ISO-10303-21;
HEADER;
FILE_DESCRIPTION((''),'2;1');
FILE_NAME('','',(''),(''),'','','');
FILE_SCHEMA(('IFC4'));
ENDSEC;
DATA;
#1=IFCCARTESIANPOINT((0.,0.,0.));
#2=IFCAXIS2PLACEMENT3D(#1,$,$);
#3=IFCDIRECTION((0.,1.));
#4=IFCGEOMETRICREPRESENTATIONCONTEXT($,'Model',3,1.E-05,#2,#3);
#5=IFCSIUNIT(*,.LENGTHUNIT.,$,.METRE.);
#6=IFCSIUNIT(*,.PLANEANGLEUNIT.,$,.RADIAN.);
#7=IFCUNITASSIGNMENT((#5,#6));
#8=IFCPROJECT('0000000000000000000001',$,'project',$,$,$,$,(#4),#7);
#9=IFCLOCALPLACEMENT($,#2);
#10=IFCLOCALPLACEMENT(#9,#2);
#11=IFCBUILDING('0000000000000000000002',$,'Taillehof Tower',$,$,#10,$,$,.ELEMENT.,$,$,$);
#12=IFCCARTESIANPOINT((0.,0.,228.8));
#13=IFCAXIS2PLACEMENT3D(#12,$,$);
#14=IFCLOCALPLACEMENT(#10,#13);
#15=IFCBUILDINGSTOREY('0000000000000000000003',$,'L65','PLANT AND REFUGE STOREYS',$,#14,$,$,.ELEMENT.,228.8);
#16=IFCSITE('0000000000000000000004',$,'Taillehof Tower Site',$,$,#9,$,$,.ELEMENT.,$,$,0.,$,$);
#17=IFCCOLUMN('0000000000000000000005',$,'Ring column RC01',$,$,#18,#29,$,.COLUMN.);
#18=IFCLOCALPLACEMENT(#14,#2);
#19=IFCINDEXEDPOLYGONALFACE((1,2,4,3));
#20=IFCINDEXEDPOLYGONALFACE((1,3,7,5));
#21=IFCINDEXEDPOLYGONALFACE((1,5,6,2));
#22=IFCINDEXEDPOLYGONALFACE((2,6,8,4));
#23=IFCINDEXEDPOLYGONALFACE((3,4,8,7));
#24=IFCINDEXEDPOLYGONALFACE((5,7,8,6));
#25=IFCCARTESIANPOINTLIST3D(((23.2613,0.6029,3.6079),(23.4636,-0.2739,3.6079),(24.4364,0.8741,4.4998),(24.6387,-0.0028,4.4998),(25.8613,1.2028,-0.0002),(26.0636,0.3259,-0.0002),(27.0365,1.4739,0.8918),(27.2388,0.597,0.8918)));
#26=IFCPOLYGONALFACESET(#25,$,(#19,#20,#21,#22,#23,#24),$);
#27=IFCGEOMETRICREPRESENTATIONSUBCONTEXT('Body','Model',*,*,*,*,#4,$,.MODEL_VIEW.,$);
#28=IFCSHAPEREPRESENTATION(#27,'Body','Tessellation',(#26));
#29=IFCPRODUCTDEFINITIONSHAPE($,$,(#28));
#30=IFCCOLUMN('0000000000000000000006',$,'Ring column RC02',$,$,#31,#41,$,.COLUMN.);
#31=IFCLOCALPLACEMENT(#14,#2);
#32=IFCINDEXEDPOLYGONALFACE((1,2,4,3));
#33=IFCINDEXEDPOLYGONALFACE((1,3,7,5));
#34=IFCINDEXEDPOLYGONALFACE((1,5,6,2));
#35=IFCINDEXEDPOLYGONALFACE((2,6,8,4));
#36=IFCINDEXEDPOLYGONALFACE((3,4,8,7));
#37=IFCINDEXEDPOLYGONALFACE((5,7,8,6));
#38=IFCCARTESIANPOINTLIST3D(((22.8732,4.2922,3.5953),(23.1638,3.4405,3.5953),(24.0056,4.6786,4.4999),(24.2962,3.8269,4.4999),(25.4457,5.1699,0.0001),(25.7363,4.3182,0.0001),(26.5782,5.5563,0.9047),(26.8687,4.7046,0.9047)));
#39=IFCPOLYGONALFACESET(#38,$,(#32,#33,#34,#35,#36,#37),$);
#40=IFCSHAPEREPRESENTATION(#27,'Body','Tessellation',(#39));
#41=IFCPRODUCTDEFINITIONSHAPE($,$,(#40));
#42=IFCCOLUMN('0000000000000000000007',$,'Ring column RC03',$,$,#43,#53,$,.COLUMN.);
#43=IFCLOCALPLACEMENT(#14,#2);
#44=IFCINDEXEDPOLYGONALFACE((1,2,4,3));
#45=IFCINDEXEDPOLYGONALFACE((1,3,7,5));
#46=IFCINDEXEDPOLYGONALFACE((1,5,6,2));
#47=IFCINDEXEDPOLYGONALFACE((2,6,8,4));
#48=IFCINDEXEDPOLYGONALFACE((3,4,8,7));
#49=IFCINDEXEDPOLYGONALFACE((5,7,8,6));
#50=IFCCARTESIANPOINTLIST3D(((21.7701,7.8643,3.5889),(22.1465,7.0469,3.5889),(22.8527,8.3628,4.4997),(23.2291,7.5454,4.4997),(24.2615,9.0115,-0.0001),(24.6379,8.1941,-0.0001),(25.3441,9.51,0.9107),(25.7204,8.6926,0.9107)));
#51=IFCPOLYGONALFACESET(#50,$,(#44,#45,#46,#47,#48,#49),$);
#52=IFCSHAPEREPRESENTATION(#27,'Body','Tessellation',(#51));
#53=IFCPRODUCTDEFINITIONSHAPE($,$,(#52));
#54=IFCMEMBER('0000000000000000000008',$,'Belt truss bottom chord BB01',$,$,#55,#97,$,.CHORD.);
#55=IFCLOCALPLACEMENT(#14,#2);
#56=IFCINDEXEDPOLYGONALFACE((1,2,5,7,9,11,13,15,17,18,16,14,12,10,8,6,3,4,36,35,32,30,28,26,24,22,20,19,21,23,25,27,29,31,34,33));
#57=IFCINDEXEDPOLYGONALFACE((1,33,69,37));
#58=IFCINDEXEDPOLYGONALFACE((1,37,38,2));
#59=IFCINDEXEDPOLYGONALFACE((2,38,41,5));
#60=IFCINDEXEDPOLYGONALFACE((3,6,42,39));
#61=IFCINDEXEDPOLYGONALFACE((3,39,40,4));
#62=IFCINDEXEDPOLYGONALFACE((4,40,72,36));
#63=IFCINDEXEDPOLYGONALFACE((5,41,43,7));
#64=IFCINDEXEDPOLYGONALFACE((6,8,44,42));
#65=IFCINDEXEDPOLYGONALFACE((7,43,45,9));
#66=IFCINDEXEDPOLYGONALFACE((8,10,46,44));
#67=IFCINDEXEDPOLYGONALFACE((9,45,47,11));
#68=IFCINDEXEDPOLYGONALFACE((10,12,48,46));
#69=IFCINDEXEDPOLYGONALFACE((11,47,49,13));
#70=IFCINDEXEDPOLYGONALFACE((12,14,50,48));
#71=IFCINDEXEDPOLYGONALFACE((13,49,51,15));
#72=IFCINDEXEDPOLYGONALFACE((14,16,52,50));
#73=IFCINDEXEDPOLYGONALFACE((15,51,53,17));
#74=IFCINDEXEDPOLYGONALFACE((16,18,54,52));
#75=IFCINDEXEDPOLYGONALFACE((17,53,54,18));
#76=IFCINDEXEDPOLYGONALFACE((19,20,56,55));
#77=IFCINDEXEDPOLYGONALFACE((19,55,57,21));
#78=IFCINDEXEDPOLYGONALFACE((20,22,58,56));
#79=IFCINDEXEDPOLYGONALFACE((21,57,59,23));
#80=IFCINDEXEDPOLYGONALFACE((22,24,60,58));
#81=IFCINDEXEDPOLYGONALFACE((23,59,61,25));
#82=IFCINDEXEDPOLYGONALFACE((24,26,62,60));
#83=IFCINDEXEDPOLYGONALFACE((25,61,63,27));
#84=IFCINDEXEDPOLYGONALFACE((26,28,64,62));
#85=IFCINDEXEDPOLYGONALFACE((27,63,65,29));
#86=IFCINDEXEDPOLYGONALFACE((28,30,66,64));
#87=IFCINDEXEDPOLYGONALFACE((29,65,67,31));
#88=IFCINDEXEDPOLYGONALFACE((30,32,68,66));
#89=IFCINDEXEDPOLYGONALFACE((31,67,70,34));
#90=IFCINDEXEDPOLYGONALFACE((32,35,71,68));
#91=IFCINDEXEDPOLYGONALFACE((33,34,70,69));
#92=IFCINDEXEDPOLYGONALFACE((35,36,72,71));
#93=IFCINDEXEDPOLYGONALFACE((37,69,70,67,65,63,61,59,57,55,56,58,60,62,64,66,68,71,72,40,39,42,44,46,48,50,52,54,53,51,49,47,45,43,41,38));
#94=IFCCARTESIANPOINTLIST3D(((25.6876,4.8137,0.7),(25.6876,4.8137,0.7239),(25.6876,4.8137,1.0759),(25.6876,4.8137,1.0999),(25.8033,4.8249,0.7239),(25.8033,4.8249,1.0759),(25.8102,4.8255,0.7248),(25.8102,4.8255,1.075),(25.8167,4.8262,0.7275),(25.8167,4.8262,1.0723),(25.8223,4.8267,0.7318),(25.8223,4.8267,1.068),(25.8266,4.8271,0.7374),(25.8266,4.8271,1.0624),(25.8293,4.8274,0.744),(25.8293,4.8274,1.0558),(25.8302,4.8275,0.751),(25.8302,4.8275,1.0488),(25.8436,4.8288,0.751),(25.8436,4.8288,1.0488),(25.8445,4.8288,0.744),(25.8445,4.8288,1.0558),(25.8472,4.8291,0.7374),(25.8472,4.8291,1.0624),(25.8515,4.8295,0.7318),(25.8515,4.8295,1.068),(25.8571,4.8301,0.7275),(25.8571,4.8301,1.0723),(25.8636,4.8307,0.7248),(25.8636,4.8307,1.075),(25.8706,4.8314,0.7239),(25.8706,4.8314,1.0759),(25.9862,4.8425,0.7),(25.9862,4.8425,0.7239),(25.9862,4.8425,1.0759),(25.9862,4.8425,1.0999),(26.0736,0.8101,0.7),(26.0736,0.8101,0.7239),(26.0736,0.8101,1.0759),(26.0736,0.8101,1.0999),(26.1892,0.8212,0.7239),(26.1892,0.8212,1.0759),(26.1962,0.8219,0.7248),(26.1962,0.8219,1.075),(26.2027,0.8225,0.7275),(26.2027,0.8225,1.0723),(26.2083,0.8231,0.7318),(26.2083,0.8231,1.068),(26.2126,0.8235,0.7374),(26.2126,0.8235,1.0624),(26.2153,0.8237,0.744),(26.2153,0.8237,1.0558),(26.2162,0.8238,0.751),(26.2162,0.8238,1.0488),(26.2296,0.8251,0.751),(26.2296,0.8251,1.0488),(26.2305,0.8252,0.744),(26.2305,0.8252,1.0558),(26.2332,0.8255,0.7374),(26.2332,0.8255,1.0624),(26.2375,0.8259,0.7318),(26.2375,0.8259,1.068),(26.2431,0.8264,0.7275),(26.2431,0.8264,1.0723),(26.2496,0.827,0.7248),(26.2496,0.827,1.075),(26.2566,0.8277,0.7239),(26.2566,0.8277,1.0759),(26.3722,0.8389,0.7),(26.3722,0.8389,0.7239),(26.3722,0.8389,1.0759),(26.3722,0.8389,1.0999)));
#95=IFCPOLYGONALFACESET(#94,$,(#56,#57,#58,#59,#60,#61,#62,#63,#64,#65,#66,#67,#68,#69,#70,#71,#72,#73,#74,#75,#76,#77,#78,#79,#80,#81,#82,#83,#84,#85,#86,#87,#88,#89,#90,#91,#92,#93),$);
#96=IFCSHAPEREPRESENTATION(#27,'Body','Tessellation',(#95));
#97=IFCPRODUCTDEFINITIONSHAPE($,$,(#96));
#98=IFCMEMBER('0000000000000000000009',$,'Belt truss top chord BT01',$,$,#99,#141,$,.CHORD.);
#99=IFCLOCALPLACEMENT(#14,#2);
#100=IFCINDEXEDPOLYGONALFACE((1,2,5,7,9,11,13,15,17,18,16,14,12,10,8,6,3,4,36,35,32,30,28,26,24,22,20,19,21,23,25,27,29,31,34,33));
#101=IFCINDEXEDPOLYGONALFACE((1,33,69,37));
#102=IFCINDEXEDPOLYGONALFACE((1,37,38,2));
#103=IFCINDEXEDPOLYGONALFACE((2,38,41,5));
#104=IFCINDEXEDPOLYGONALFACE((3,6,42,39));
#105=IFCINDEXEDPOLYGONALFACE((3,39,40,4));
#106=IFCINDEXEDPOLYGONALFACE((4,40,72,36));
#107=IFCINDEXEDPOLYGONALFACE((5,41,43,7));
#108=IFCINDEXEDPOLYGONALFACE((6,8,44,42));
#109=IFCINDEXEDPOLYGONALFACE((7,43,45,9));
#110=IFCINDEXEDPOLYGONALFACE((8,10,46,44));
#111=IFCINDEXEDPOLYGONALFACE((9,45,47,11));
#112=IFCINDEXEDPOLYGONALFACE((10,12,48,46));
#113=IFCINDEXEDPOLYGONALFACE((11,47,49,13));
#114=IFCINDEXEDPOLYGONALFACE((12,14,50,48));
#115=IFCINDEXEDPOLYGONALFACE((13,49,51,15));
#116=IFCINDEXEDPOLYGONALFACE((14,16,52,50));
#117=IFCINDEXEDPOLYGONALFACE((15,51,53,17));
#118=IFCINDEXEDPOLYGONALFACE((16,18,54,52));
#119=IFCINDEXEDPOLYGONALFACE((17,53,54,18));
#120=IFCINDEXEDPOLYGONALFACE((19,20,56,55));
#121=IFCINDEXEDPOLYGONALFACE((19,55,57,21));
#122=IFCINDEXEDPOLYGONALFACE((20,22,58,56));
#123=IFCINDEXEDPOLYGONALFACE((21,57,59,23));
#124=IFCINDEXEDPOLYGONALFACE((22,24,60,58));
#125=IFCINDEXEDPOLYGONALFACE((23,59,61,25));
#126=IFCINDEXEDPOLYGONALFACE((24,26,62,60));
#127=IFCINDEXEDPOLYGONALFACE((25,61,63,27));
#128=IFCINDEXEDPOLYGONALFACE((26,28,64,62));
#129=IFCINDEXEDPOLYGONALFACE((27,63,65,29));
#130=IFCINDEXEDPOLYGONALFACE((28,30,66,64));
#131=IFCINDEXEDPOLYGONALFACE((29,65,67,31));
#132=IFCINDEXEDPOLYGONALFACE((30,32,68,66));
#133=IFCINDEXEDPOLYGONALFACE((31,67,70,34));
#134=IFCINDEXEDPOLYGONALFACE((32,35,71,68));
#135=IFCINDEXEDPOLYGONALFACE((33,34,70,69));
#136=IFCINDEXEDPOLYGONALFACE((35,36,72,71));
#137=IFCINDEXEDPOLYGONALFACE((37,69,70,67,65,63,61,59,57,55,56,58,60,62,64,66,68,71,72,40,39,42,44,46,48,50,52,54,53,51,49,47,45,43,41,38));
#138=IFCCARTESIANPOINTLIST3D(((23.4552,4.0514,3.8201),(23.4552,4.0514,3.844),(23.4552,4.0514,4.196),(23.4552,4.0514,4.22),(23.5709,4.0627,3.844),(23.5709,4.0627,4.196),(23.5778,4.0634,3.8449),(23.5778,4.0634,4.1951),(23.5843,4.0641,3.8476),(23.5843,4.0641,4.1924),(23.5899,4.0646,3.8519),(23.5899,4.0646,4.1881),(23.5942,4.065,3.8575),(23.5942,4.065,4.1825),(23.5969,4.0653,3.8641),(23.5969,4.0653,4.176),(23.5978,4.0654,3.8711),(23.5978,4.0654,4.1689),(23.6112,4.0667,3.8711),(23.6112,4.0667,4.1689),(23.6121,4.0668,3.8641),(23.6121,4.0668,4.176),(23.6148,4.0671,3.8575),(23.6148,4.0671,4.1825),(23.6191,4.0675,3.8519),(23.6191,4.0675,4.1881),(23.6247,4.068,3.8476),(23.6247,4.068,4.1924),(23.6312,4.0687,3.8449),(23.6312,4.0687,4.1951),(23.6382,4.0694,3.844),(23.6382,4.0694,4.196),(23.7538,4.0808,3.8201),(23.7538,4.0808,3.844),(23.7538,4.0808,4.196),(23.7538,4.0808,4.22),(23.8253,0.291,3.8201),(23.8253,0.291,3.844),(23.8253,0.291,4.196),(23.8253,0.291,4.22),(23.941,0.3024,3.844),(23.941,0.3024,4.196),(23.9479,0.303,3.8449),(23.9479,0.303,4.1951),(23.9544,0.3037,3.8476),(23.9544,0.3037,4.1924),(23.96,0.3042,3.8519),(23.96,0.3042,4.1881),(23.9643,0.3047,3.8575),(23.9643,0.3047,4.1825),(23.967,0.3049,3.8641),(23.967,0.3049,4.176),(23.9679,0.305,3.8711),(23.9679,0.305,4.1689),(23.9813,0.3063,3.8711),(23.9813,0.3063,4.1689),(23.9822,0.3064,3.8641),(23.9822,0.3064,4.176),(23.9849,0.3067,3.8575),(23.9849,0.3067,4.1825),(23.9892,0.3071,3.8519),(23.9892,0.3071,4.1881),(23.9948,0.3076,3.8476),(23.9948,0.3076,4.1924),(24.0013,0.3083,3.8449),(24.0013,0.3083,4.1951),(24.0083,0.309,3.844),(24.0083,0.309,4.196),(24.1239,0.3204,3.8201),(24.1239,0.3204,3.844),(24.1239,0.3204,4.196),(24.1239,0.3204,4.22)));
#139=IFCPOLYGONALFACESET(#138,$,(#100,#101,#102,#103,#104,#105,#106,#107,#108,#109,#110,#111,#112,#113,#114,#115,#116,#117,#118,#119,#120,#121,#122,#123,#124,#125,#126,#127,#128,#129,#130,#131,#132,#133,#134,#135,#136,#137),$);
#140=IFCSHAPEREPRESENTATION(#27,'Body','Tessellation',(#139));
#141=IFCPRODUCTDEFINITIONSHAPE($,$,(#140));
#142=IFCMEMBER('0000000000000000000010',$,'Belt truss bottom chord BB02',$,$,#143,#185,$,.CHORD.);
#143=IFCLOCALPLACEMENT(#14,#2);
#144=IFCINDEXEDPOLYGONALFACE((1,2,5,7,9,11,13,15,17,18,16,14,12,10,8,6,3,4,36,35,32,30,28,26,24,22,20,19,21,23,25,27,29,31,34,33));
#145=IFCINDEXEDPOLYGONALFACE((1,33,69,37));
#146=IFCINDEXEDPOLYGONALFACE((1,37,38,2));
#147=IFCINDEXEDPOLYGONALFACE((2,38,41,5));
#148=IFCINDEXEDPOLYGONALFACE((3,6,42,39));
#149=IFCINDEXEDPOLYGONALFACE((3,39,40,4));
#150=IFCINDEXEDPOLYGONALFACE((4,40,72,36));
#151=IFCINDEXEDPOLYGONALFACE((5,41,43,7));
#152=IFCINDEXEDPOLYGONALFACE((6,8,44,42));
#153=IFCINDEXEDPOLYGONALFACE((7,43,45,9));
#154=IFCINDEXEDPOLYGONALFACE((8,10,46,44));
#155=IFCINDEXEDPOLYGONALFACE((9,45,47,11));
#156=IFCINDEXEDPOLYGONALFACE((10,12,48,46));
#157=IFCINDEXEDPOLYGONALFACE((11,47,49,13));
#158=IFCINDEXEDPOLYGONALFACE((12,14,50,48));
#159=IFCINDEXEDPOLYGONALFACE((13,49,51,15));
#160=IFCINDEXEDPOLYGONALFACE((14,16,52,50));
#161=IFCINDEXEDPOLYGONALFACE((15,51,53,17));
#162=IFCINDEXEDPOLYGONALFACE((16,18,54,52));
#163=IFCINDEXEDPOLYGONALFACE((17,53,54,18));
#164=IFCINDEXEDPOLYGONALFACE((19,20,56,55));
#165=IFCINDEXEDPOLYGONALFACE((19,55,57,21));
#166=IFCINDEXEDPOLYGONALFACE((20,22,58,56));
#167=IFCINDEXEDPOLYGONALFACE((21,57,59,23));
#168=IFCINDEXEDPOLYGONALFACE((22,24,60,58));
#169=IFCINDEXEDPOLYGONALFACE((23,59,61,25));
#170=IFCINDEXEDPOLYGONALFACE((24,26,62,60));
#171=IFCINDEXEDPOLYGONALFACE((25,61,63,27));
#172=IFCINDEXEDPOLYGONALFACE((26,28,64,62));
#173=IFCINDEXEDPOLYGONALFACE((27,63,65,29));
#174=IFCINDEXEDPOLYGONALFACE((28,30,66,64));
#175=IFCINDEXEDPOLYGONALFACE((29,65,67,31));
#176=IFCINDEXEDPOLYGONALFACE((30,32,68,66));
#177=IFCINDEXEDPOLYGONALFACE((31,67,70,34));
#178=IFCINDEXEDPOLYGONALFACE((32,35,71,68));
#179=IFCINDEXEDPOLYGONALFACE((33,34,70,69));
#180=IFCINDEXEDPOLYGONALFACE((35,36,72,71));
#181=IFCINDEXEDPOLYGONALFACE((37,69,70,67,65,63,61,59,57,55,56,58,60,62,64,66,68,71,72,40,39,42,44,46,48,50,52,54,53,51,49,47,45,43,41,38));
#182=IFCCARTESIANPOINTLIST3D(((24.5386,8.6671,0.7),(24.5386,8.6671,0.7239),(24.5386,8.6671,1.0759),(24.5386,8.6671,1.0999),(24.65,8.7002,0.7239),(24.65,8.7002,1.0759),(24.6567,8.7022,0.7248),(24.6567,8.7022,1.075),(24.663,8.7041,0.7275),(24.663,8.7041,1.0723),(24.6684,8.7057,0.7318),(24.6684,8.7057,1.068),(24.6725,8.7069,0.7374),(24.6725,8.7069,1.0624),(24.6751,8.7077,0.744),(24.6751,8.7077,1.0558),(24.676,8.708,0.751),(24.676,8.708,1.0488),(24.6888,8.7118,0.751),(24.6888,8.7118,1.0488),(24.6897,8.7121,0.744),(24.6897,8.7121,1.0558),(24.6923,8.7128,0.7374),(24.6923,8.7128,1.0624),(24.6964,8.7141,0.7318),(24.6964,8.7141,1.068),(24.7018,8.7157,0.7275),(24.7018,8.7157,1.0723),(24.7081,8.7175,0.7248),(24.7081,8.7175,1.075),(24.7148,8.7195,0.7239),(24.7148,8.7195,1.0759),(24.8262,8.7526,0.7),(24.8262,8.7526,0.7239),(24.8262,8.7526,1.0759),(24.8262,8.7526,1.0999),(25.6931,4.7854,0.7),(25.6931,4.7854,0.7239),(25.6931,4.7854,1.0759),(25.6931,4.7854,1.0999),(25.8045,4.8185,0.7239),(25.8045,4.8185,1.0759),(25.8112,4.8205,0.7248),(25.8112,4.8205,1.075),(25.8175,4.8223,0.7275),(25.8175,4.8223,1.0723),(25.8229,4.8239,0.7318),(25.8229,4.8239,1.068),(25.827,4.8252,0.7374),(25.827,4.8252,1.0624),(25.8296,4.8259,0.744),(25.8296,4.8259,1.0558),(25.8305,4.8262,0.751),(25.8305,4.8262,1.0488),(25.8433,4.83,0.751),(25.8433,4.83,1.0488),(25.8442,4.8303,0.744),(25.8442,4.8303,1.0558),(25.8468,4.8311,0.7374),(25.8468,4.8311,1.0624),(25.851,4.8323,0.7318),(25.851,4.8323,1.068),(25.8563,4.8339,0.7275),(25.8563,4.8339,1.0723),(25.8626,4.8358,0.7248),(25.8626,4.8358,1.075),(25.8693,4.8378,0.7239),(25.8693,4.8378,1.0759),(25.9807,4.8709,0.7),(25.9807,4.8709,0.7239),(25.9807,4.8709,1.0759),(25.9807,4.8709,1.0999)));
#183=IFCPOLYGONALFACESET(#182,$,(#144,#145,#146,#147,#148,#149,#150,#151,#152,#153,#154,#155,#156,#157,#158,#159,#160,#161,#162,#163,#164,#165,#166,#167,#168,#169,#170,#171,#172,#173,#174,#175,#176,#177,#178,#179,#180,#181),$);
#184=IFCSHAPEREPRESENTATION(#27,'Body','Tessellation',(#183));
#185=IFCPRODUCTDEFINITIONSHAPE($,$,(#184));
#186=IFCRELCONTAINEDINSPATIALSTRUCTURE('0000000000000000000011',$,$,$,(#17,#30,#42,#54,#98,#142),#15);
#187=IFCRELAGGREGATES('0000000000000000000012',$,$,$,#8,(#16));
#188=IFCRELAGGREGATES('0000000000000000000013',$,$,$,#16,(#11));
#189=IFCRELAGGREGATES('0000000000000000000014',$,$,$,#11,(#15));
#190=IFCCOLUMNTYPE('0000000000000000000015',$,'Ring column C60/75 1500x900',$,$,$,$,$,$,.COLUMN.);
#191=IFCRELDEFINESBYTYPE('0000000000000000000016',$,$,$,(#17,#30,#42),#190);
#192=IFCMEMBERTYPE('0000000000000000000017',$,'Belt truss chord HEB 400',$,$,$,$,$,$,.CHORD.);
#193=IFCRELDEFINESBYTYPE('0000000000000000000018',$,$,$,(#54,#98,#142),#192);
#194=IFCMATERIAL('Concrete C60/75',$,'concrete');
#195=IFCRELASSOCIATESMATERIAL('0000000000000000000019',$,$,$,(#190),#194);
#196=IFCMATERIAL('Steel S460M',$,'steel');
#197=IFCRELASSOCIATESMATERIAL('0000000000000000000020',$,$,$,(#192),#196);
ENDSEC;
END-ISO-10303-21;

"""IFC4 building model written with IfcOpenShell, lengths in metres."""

from ifc_helpers import new_model, si_unit, direction, frame, origin, origin_2d, place, context, subcontext, project, spatial, rectangle, i_section, extrude, material, material_profile, profile_set, type_object, element, save


model = new_model("IFC4")

# Units and contexts
model_context = context("Model", 3, precision=1e-05, world=origin(), true_north=direction((0.0, 1.0)))
body_context = subcontext(model_context, "Body", "Model", "MODEL_VIEW")
ifc_project = project(units=[si_unit("LENGTHUNIT", "METRE"), si_unit("PLANEANGLEUNIT", "RADIAN")], contexts=[model_context])

# Site, building, storey
site_placement = place(None, origin())
site = spatial("IfcSite", under=ifc_project, at=site_placement, Name="Taillehof Tower Site", CompositionType="ELEMENT", RefElevation=0.0)
building_placement = place(site_placement, origin())
building = spatial("IfcBuilding", under=site, at=building_placement, Name="Taillehof Tower", CompositionType="ELEMENT")
storey_placement = place(building_placement, frame((0.0, 0.0, 228.8)))
storey = spatial("IfcBuildingStorey", under=building, at=storey_placement, Name="L65", Description="PLANT AND REFUGE STOREYS", CompositionType="ELEMENT", Elevation=228.8)

# Columns
ifc_material_1 = material(Name="Concrete C60/75", Category="concrete")
ifc_material_profile_1 = material_profile(ifc_material_1, rectangle(XDim=1.5, YDim=0.8999, at=origin_2d()), Name="RC 1500x900")
ifc_profile_set_1 = profile_set([ifc_material_profile_1], Name="Concrete C60/75")
column_type = type_object("IfcColumnType", Name="Ring column C60/75 1500x900", PredefinedType="COLUMN", material=ifc_profile_set_1)
column_1_placement = place(storey_placement, frame((26.55, 0.8999, 0.4458), z_axis=(-0.579388, -0.133667, 0.804017), x_axis=(0.783438, 0.180742, 0.594607)))
element("IfcColumn", 1, at=column_1_placement, inside=storey, type_object=column_type, Name="Ring column RC01", PredefinedType="COLUMN", context=body_context, shape_type="SweptSolid", body=[
    extrude(rectangle(XDim=1.5, YDim=0.8999, at=origin_2d()), origin(), (0.0, 0.0, 1.0), 4.4875),
])
column_2_placement = place(storey_placement, frame((26.1572, 4.9373, 0.4524), z_axis=(-0.570772, -0.194735, 0.797683), x_axis=(0.754953, 0.257574, 0.603077)))
element("IfcColumn", 2, at=column_2_placement, inside=storey, type_object=column_type, Name="Ring column RC02", PredefinedType="COLUMN", context=body_context, shape_type="SweptSolid", body=[
    extrude(rectangle(XDim=1.5, YDim=0.8999, at=origin_2d()), origin(), (0.0, 0.0, 1.0), 4.5071),
])
column_3_placement = place(storey_placement, frame((24.991, 8.8521, 0.4553), z_axis=(-0.551547, -0.253966, 0.794542), x_axis=(0.721707, 0.332318, 0.607209)))
element("IfcColumn", 3, at=column_3_placement, inside=storey, type_object=column_type, Name="Ring column RC03", PredefinedType="COLUMN", context=body_context, shape_type="SweptSolid", body=[
    extrude(rectangle(XDim=1.5, YDim=0.8999, at=origin_2d()), origin(), (0.0, 0.0, 1.0), 4.5171),
])

# Members
ifc_material_2 = material(Name="Steel S460M", Category="steel")
ifc_material_profile_2 = material_profile(ifc_material_2, i_section(OverallWidth=0.3, OverallDepth=0.3999, WebThickness=0.0134, FlangeThickness=0.0239, FilletRadius=0.0271, at=origin_2d()), Name="HEB 400")
ifc_profile_set_2 = profile_set([ifc_material_profile_2], Name="Steel S460M")
member_type_1 = type_object("IfcMemberType", Name="Belt truss chord HEB 400", PredefinedType="CHORD", material=ifc_profile_set_2)
member_1_placement = place(storey_placement, frame((26.2229, 0.8245, 0.8999), z_axis=(-0.095963, 0.995385, 0.0), x_axis=(-0.995385, -0.095963, 0.0)))
element("IfcMember", 4, at=member_1_placement, inside=storey, type_object=member_type_1, Name="Belt truss bottom chord BB01", PredefinedType="CHORD", context=body_context, shape_type="SweptSolid", body=[
    extrude(i_section(OverallWidth=0.3, OverallDepth=0.3999, WebThickness=0.0134, FlangeThickness=0.0239, FilletRadius=0.0271, at=origin_2d()), origin(), (0.0, 0.0, 1.0), 4.0222),
])
member_2_placement = place(storey_placement, frame((23.9746, 0.3057, 4.02), z_axis=(-0.097949, 0.995191, 0.0), x_axis=(-0.995191, -0.097949, 0.0)))
element("IfcMember", 5, at=member_2_placement, inside=storey, type_object=member_type_1, Name="Belt truss top chord BT01", PredefinedType="CHORD", context=body_context, shape_type="SweptSolid", body=[
    extrude(i_section(OverallWidth=0.3, OverallDepth=0.3999, WebThickness=0.0134, FlangeThickness=0.0239, FilletRadius=0.0271, at=origin_2d()), origin(), (0.0, 0.0, 1.0), 3.7786),
])
member_3_placement = place(storey_placement, frame((25.8369, 4.8281, 0.8999), z_axis=(-0.28508, 0.958504, 0.0), x_axis=(-0.958504, -0.28508, 0.0)))
element("IfcMember", 6, at=member_3_placement, inside=storey, type_object=member_type_1, Name="Belt truss bottom chord BB02", PredefinedType="CHORD", context=body_context, shape_type="SweptSolid", body=[
    extrude(i_section(OverallWidth=0.3, OverallDepth=0.3999, WebThickness=0.0134, FlangeThickness=0.0239, FilletRadius=0.0271, at=origin_2d()), origin(), (0.0, 0.0, 1.0), 4.0498),
])

save(model, "model.ifc")
